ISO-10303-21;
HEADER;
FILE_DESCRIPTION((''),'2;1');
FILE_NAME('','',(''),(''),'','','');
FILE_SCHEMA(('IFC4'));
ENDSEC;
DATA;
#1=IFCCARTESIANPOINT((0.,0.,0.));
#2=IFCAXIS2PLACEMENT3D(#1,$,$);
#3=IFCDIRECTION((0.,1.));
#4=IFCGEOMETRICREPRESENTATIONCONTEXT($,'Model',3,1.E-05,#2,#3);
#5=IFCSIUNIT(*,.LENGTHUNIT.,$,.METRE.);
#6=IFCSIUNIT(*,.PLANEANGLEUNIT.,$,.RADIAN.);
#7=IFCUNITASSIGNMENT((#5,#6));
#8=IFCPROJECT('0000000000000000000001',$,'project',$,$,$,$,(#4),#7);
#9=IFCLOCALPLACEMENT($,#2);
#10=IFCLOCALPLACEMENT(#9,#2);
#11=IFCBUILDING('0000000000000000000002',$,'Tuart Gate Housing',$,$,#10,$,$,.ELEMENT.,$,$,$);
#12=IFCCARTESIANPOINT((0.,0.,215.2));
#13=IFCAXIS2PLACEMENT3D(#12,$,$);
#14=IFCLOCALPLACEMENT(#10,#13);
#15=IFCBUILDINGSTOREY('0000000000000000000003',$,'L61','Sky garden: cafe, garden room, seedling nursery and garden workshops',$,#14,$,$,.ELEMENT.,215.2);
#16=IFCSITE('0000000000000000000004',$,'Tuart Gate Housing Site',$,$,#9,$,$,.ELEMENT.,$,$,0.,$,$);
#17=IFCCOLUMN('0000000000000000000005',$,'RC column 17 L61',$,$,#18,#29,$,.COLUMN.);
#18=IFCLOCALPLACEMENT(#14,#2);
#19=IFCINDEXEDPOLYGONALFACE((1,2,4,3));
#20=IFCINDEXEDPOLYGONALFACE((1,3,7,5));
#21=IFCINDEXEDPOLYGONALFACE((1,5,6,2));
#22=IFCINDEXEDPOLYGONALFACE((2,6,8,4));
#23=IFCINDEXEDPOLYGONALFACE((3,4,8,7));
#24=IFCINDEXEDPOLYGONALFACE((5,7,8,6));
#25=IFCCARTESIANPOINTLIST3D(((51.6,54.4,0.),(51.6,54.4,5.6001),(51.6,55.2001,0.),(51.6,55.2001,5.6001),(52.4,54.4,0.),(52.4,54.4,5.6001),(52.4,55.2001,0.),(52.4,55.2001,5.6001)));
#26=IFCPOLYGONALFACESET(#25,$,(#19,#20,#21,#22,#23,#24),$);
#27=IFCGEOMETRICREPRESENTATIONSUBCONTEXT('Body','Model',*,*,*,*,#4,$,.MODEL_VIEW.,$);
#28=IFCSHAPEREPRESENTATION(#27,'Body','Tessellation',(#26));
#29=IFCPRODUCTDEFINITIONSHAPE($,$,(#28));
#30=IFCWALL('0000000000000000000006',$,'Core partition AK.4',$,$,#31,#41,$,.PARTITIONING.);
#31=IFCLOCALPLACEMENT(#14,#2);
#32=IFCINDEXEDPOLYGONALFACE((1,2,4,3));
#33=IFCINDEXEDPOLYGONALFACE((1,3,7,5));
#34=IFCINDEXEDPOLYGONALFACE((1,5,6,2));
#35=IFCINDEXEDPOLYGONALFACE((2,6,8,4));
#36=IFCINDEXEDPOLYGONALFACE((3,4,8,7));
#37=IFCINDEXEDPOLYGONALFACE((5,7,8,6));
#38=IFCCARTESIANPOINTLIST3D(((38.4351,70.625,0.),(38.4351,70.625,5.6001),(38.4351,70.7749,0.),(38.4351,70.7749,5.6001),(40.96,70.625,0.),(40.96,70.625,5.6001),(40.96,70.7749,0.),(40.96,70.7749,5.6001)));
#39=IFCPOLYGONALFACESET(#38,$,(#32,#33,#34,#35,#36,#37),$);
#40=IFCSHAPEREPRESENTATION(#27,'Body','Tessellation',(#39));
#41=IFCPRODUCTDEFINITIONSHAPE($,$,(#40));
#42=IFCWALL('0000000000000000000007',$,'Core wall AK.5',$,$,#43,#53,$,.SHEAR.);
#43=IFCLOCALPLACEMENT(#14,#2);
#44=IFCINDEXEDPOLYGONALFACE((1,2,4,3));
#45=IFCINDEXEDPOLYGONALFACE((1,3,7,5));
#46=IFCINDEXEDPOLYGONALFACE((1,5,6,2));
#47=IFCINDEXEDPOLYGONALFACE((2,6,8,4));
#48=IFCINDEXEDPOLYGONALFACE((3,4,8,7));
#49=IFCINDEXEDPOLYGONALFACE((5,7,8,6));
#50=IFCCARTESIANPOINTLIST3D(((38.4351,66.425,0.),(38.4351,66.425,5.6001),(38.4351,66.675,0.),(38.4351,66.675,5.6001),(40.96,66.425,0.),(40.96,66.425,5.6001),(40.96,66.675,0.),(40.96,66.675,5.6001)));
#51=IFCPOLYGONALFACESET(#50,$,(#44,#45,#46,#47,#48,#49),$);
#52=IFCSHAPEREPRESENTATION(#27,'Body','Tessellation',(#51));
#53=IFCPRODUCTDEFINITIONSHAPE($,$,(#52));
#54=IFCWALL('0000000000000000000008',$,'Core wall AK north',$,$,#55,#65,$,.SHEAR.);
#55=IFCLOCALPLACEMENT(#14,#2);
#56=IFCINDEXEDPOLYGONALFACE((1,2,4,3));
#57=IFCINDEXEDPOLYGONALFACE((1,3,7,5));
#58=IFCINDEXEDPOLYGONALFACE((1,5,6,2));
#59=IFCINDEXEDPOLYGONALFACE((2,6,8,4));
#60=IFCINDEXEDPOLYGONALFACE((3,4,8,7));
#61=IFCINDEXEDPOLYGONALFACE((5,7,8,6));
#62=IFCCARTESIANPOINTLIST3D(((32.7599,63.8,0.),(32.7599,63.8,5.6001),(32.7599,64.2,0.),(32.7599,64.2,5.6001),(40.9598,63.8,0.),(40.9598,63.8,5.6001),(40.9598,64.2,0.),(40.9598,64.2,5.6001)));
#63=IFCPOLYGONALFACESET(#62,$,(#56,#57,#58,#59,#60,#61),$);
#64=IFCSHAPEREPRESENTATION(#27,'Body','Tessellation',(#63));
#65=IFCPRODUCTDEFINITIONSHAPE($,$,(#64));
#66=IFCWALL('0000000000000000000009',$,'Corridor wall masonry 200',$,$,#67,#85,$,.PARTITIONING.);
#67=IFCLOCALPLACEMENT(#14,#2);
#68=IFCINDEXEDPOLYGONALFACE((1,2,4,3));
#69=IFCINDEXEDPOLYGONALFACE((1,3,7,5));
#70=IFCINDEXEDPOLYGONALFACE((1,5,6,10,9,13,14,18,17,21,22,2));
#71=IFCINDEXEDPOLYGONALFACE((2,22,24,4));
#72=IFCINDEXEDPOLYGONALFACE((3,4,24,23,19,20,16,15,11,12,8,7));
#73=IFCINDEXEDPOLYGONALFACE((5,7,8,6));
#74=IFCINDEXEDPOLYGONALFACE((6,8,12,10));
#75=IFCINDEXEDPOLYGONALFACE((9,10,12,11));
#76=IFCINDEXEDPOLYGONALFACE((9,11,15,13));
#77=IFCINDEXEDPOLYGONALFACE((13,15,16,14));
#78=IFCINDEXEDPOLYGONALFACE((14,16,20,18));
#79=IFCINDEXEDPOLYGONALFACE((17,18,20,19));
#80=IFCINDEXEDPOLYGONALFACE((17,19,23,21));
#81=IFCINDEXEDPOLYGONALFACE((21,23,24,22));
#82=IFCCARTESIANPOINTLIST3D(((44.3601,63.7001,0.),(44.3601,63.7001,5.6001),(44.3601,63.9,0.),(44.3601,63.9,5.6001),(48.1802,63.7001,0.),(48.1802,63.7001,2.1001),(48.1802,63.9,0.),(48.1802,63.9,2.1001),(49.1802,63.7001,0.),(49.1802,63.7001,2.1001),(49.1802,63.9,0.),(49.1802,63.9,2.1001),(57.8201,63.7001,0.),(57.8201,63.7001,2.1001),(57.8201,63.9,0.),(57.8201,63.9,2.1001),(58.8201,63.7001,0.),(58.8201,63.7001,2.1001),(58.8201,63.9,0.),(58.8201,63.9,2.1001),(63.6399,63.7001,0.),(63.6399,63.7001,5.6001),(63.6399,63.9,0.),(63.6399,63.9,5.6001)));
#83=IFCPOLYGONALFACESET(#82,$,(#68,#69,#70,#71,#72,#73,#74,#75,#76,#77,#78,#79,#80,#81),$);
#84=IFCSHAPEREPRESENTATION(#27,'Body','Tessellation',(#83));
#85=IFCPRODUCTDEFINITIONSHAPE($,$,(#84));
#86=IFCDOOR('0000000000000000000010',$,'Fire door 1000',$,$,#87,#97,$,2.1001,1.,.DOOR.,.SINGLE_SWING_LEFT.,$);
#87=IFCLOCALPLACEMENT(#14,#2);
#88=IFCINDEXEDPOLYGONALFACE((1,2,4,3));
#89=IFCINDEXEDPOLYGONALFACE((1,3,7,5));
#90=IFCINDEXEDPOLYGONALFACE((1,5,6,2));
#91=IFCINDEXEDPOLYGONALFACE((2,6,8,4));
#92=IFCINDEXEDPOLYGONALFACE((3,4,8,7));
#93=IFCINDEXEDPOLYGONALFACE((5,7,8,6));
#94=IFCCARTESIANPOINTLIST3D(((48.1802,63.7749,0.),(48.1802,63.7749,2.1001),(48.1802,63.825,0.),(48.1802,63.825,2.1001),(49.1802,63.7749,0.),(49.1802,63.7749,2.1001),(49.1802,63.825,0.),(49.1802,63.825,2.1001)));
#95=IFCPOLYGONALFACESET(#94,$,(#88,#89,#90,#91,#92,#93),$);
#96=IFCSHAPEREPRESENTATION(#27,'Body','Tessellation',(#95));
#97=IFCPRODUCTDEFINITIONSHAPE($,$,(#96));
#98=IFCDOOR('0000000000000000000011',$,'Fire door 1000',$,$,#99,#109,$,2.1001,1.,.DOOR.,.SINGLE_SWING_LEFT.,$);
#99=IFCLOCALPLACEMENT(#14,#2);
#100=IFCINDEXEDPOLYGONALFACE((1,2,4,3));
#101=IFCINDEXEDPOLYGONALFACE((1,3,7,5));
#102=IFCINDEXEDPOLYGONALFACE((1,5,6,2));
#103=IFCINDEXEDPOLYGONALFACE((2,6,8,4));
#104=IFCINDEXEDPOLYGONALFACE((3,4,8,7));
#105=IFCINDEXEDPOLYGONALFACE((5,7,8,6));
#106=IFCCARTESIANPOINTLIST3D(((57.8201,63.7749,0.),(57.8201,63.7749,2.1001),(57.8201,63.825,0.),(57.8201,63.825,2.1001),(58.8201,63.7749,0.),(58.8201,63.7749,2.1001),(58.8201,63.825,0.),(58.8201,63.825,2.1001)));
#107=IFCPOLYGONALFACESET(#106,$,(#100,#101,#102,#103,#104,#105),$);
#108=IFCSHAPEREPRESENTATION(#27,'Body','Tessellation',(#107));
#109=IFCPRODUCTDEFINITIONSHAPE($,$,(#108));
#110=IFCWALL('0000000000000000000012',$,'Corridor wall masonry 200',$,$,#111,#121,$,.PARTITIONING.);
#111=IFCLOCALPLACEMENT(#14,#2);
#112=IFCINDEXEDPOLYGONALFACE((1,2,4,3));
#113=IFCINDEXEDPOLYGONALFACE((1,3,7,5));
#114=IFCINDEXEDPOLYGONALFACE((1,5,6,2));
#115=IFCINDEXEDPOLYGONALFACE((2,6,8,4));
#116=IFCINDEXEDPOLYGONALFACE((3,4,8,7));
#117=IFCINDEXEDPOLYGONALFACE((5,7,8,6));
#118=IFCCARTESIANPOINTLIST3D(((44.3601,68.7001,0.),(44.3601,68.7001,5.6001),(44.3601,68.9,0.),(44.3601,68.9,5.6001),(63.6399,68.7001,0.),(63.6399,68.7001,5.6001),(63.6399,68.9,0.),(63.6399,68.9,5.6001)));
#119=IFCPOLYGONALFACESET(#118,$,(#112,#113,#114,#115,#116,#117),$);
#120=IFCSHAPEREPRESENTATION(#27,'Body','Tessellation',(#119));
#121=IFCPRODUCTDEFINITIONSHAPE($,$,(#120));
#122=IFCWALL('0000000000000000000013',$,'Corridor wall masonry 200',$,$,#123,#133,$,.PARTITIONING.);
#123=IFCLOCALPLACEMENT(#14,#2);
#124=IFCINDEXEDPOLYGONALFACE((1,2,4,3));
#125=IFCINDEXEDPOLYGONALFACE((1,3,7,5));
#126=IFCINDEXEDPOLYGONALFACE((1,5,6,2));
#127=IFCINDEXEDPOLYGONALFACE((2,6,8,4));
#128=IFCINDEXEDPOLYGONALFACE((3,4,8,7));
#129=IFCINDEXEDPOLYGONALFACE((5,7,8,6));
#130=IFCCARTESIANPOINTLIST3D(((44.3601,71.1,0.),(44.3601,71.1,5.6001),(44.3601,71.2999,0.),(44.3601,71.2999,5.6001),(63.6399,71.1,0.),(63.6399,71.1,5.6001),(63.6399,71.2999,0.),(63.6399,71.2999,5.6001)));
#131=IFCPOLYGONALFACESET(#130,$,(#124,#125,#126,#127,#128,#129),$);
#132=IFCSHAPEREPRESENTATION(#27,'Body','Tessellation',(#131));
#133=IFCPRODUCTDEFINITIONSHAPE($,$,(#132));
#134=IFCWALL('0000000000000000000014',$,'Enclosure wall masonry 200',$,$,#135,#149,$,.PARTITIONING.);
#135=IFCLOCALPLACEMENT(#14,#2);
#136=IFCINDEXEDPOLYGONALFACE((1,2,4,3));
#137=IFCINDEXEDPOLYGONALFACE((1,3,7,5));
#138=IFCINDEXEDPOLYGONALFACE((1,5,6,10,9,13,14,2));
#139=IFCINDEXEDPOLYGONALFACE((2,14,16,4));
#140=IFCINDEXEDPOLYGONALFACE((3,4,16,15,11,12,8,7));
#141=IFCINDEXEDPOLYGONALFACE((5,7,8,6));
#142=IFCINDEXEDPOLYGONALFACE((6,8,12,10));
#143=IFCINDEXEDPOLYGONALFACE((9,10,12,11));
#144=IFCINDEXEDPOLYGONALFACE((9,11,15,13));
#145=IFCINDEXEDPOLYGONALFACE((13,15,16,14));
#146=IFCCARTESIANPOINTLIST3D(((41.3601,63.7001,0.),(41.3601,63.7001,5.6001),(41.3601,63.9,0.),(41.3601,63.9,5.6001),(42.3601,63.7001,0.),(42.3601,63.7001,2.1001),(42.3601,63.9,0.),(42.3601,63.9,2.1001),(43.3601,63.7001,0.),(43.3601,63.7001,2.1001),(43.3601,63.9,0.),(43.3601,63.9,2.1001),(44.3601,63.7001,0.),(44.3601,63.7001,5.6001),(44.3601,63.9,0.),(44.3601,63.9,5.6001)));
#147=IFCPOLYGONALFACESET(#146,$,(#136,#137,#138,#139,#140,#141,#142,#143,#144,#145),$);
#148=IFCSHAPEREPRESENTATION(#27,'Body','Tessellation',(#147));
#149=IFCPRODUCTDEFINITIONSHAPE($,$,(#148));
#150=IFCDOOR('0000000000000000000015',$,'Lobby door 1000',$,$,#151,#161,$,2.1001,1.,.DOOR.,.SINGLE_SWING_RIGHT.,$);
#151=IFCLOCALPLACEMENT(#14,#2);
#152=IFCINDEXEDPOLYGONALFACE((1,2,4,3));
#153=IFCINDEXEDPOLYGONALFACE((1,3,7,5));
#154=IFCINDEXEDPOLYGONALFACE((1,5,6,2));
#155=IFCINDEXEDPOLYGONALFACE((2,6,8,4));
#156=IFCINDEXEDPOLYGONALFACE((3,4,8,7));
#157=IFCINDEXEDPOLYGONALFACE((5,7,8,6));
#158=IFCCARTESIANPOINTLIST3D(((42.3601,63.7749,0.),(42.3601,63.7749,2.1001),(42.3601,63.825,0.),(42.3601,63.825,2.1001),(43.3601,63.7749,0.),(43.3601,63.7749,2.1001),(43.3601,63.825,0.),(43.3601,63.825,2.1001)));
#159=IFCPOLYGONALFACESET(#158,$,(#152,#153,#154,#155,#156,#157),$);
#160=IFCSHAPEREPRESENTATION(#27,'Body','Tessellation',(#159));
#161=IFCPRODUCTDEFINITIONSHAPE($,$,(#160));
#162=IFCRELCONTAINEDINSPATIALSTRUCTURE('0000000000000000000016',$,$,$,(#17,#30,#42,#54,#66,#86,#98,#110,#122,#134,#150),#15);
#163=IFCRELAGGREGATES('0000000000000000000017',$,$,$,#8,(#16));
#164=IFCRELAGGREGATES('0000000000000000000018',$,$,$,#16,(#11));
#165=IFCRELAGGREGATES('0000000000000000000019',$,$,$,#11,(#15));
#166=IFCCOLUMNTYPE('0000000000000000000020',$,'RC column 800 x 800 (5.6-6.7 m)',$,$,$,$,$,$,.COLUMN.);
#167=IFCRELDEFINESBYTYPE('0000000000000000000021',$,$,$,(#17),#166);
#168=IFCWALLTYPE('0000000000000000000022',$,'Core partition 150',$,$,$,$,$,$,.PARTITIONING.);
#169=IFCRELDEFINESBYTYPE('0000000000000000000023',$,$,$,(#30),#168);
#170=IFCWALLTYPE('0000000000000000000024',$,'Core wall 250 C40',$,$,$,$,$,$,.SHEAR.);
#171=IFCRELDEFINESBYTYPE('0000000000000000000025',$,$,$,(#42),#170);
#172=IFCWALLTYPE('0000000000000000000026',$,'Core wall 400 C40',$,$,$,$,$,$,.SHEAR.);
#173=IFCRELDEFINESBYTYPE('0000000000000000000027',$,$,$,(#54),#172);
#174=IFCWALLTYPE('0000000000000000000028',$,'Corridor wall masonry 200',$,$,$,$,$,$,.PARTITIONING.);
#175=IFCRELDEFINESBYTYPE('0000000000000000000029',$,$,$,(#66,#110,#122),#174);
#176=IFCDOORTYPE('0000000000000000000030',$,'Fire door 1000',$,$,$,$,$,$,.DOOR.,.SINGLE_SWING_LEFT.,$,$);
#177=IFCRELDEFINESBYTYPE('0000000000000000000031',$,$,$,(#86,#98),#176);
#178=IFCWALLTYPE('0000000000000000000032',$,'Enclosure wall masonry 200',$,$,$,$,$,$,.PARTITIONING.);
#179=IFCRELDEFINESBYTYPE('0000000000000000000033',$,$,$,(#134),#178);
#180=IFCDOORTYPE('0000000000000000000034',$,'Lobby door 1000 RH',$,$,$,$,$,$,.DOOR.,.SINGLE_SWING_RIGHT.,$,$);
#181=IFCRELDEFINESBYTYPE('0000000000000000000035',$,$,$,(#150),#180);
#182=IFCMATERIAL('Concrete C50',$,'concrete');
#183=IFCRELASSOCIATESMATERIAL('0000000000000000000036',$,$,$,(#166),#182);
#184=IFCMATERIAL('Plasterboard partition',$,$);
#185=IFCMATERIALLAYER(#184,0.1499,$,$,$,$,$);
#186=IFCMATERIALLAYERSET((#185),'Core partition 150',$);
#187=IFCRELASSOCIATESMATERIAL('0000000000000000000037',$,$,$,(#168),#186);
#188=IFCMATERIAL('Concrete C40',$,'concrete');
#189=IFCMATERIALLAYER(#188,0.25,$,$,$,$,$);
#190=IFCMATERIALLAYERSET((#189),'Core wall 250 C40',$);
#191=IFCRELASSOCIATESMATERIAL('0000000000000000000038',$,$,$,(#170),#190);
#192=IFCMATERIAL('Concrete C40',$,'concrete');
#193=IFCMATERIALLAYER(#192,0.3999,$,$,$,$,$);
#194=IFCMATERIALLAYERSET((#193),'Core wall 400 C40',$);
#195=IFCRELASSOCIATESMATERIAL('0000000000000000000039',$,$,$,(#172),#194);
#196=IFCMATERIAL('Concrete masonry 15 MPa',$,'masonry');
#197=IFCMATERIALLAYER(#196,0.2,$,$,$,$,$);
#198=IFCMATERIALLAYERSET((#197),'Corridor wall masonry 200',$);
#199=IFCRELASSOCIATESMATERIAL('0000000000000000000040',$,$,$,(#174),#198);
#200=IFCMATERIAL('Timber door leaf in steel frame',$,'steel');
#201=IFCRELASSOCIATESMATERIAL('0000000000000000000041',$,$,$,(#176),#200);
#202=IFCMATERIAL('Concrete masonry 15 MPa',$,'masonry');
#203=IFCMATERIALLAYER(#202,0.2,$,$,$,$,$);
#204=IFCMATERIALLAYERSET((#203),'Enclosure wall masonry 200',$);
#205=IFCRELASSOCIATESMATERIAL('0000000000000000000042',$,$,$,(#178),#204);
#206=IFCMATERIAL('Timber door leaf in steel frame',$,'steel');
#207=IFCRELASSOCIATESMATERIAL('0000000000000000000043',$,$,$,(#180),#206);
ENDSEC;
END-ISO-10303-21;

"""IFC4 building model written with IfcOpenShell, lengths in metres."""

from ifc_helpers import new_model, si_unit, direction, frame, frame_2d, origin, origin_2d, place, context, subcontext, project, spatial, rectangle, extrude, material, layer, layer_set, material_profile, profile_set, type_object, element, fill, save


model = new_model("IFC4")

# Units and contexts
model_context = context("Model", 3, precision=1e-05, world=origin(), true_north=direction((0.0, 1.0)))
body_context = subcontext(model_context, "Body", "Model", "MODEL_VIEW")
ifc_project = project(units=[si_unit("LENGTHUNIT", "METRE"), si_unit("PLANEANGLEUNIT", "RADIAN")], contexts=[model_context])

# Site, building, storey
site_placement = place(None, origin())
site = spatial("IfcSite", under=ifc_project, at=site_placement, Name="Tuart Gate Housing Site", CompositionType="ELEMENT", RefElevation=0.0)
building_placement = place(site_placement, origin())
building = spatial("IfcBuilding", under=site, at=building_placement, Name="Tuart Gate Housing", CompositionType="ELEMENT")
storey_placement = place(building_placement, frame((0.0, 0.0, 215.2)))
storey = spatial("IfcBuildingStorey", under=building, at=storey_placement, Name="L61", Description="Sky garden: cafe, garden room, seedling nursery and garden workshops", CompositionType="ELEMENT", Elevation=215.2)

# Column
ifc_material_1 = material(Name="Concrete C50", Category="concrete")
ifc_material_profile = material_profile(ifc_material_1, rectangle(XDim=0.8, YDim=0.8, at=origin_2d()), Name="RC column 800 x 800 (5.6-6.7 m)")
ifc_profile_set = profile_set([ifc_material_profile], Name="Concrete C50")
column_type = type_object("IfcColumnType", Name="RC column 800 x 800 (5.6-6.7 m)", PredefinedType="COLUMN", material=ifc_profile_set)
column_placement = place(storey_placement, frame((52.0, 54.8, 0.0), z_axis=(0.0, 0.0, 1.0), x_axis=(1.0, 0.0, 0.0)))
element("IfcColumn", 1, at=column_placement, inside=storey, type_object=column_type, Name="RC column 17 L61", PredefinedType="COLUMN", context=body_context, shape_type="SweptSolid", body=[
    extrude(rectangle(XDim=0.8, YDim=0.8, at=origin_2d()), origin(), (0.0, 0.0, 1.0), 5.6001),
])

# Walls
ifc_material_2 = material(Name="Plasterboard partition")
ifc_layer_1 = layer(ifc_material_2, 0.1499)
ifc_layer_set_1 = layer_set([ifc_layer_1], Name="Core partition 150")
wall_type_1 = type_object("IfcWallType", Name="Core partition 150", PredefinedType="PARTITIONING", material=ifc_layer_set_1)
wall_1_placement = place(storey_placement, frame((40.96, 70.7, 0.0), z_axis=(0.0, 0.0, 1.0), x_axis=(-1.0, 0.0, 0.0)))
element("IfcWall", 2, at=wall_1_placement, inside=storey, type_object=wall_type_1, Name="Core partition AK.4", PredefinedType="PARTITIONING", context=body_context, shape_type="SweptSolid", body=[
    extrude(rectangle(XDim=2.5249, YDim=0.1499, at=frame_2d((1.2625, 0.0))), origin(), (0.0, 0.0, 1.0), 5.6001),
])
ifc_material_3 = material(Name="Concrete C40", Category="concrete")
ifc_layer_2 = layer(ifc_material_3, 0.25)
ifc_layer_set_2 = layer_set([ifc_layer_2], Name="Core wall 250 C40")
wall_type_2 = type_object("IfcWallType", Name="Core wall 250 C40", PredefinedType="SHEAR", material=ifc_layer_set_2)
wall_2_placement = place(storey_placement, frame((40.96, 66.55, 0.0), z_axis=(0.0, 0.0, 1.0), x_axis=(-1.0, 0.0, 0.0)))
element("IfcWall", 3, at=wall_2_placement, inside=storey, type_object=wall_type_2, Name="Core wall AK.5", PredefinedType="SHEAR", context=body_context, shape_type="SweptSolid", body=[
    extrude(rectangle(XDim=2.5249, YDim=0.25, at=frame_2d((1.2625, 0.0))), origin(), (0.0, 0.0, 1.0), 5.6001),
])
ifc_material_4 = material(Name="Concrete C40", Category="concrete")
ifc_layer_3 = layer(ifc_material_4, 0.3999)
ifc_layer_set_3 = layer_set([ifc_layer_3], Name="Core wall 400 C40")
wall_type_3 = type_object("IfcWallType", Name="Core wall 400 C40", PredefinedType="SHEAR", material=ifc_layer_set_3)
wall_3_placement = place(storey_placement, frame((40.96, 64.0, 0.0), z_axis=(0.0, 0.0, 1.0), x_axis=(-1.0, 0.0, 0.0)))
element("IfcWall", 4, at=wall_3_placement, inside=storey, type_object=wall_type_3, Name="Core wall AK north", PredefinedType="SHEAR", context=body_context, shape_type="SweptSolid", body=[
    extrude(rectangle(XDim=8.2, YDim=0.3999, at=frame_2d((4.1001, 0.0))), origin(), (0.0, 0.0, 1.0), 5.6001),
])

# Wall, openings, doors
ifc_material_5 = material(Name="Concrete masonry 15 MPa", Category="masonry")
ifc_layer_4 = layer(ifc_material_5, 0.2)
ifc_layer_set_4 = layer_set([ifc_layer_4], Name="Corridor wall masonry 200")
wall_type_4 = type_object("IfcWallType", Name="Corridor wall masonry 200", PredefinedType="PARTITIONING", material=ifc_layer_set_4)
wall_4_placement = place(storey_placement, frame((44.3601, 63.8, 0.0), z_axis=(0.0, 0.0, 1.0), x_axis=(1.0, 0.0, 0.0)))
wall_4 = element("IfcWall", 5, at=wall_4_placement, inside=storey, type_object=wall_type_4, Name="Corridor wall masonry 200", PredefinedType="PARTITIONING", context=body_context, shape_type="SweptSolid", body=[
    extrude(rectangle(XDim=19.2798, YDim=0.2, at=frame_2d((9.6399, 0.0))), origin(), (0.0, 0.0, 1.0), 5.6001),
])
opening_1_placement = place(wall_4_placement, frame((3.8201, 0.0, 0.0)))
opening_1 = element("IfcOpeningElement", 6, at=opening_1_placement, cuts=wall_4, PredefinedType="OPENING", context=body_context, shape_type="SweptSolid", body=[
    extrude(rectangle(XDim=1.0, YDim=2.1001, at=frame_2d((0.5, 1.05))), frame((0.0, 0.1099, 0.0), z_axis=(0.0, -1.0, 0.0), x_axis=(1.0, 0.0, 0.0)), (0.0, 0.0, 1.0), 0.22),
])
opening_2_placement = place(wall_4_placement, frame((13.46, 0.0, 0.0)))
opening_2 = element("IfcOpeningElement", 7, at=opening_2_placement, cuts=wall_4, PredefinedType="OPENING", context=body_context, shape_type="SweptSolid", body=[
    extrude(rectangle(XDim=1.0, YDim=2.1001, at=frame_2d((0.5, 1.05))), frame((0.0, 0.1099, 0.0), z_axis=(0.0, -1.0, 0.0), x_axis=(1.0, 0.0, 0.0)), (0.0, 0.0, 1.0), 0.22),
])
ifc_material_6 = material(Name="Timber door leaf in steel frame", Category="steel")
door_type_1 = type_object("IfcDoorType", Name="Fire door 1000", OperationType="SINGLE_SWING_LEFT", PredefinedType="DOOR", material=ifc_material_6)
door_1_placement = place(opening_1_placement, origin())
door_1 = element("IfcDoor", 8, at=door_1_placement, inside=storey, type_object=door_type_1, Name="Fire door 1000", OperationType="SINGLE_SWING_LEFT", OverallHeight=2.1001, OverallWidth=1.0, PredefinedType="DOOR", context=body_context, shape_type="SweptSolid", body=[
    extrude(rectangle(XDim=1.0, YDim=2.1001, at=frame_2d((0.5, 1.05))), frame((0.0, 0.0249, 0.0), z_axis=(0.0, -1.0, 0.0), x_axis=(1.0, 0.0, 0.0)), (0.0, 0.0, 1.0), 0.05),
])
fill(opening_1, door_1)
door_2_placement = place(opening_2_placement, origin())
door_2 = element("IfcDoor", 9, at=door_2_placement, inside=storey, type_object=door_type_1, Name="Fire door 1000", OperationType="SINGLE_SWING_LEFT", OverallHeight=2.1001, OverallWidth=1.0, PredefinedType="DOOR", context=body_context, shape_type="SweptSolid", body=[
    extrude(rectangle(XDim=1.0, YDim=2.1001, at=frame_2d((0.5, 1.05))), frame((0.0, 0.0249, 0.0), z_axis=(0.0, -1.0, 0.0), x_axis=(1.0, 0.0, 0.0)), (0.0, 0.0, 1.0), 0.05),
])
fill(opening_2, door_2)

# Walls
for number, where, z_axis, x_axis, name in (
    (10, (44.3601, 68.8, 0.0), (0.0, 0.0, 1.0), (1.0, 0.0, 0.0), "Corridor wall masonry 200"),
    (11, (44.3601, 71.2, 0.0), (0.0, 0.0, 1.0), (1.0, 0.0, 0.0), "Corridor wall masonry 200"),
):
    element("IfcWall", number, at=place(storey_placement, frame(where, z_axis=z_axis, x_axis=x_axis)), inside=storey, type_object=wall_type_4, Name=name, PredefinedType="PARTITIONING", context=body_context, shape_type="SweptSolid", body=[
        extrude(rectangle(XDim=19.2798, YDim=0.2, at=frame_2d((9.6399, 0.0))), origin(), (0.0, 0.0, 1.0), 5.6001),
    ])

# Wall, opening, door
ifc_material_7 = material(Name="Concrete masonry 15 MPa", Category="masonry")
ifc_layer_5 = layer(ifc_material_7, 0.2)
ifc_layer_set_5 = layer_set([ifc_layer_5], Name="Enclosure wall masonry 200")
wall_type_5 = type_object("IfcWallType", Name="Enclosure wall masonry 200", PredefinedType="PARTITIONING", material=ifc_layer_set_5)
wall_5_placement = place(storey_placement, frame((41.3601, 63.8, 0.0), z_axis=(0.0, 0.0, 1.0), x_axis=(1.0, 0.0, 0.0)))
wall_5 = element("IfcWall", 12, at=wall_5_placement, inside=storey, type_object=wall_type_5, Name="Enclosure wall masonry 200", PredefinedType="PARTITIONING", context=body_context, shape_type="SweptSolid", body=[
    extrude(rectangle(XDim=3.0, YDim=0.2, at=frame_2d((1.5, 0.0))), origin(), (0.0, 0.0, 1.0), 5.6001),
])
opening_3_placement = place(wall_5_placement, frame((1.0, 0.0, 0.0)))
opening_3 = element("IfcOpeningElement", 13, at=opening_3_placement, cuts=wall_5, PredefinedType="OPENING", context=body_context, shape_type="SweptSolid", body=[
    extrude(rectangle(XDim=1.0, YDim=2.1001, at=frame_2d((0.5, 1.05))), frame((0.0, 0.1099, 0.0), z_axis=(0.0, -1.0, 0.0), x_axis=(1.0, 0.0, 0.0)), (0.0, 0.0, 1.0), 0.22),
])
ifc_material_8 = material(Name="Timber door leaf in steel frame", Category="steel")
door_type_2 = type_object("IfcDoorType", Name="Lobby door 1000 RH", OperationType="SINGLE_SWING_RIGHT", PredefinedType="DOOR", material=ifc_material_8)
door_3_placement = place(opening_3_placement, origin())
door_3 = element("IfcDoor", 14, at=door_3_placement, inside=storey, type_object=door_type_2, Name="Lobby door 1000", OperationType="SINGLE_SWING_RIGHT", OverallHeight=2.1001, OverallWidth=1.0, PredefinedType="DOOR", context=body_context, shape_type="SweptSolid", body=[
    extrude(rectangle(XDim=1.0, YDim=2.1001, at=frame_2d((0.5, 1.05))), frame((0.0, 0.0249, 0.0), z_axis=(0.0, -1.0, 0.0), x_axis=(1.0, 0.0, 0.0)), (0.0, 0.0, 1.0), 0.05),
])
fill(opening_3, door_3)

save(model, "model.ifc")
